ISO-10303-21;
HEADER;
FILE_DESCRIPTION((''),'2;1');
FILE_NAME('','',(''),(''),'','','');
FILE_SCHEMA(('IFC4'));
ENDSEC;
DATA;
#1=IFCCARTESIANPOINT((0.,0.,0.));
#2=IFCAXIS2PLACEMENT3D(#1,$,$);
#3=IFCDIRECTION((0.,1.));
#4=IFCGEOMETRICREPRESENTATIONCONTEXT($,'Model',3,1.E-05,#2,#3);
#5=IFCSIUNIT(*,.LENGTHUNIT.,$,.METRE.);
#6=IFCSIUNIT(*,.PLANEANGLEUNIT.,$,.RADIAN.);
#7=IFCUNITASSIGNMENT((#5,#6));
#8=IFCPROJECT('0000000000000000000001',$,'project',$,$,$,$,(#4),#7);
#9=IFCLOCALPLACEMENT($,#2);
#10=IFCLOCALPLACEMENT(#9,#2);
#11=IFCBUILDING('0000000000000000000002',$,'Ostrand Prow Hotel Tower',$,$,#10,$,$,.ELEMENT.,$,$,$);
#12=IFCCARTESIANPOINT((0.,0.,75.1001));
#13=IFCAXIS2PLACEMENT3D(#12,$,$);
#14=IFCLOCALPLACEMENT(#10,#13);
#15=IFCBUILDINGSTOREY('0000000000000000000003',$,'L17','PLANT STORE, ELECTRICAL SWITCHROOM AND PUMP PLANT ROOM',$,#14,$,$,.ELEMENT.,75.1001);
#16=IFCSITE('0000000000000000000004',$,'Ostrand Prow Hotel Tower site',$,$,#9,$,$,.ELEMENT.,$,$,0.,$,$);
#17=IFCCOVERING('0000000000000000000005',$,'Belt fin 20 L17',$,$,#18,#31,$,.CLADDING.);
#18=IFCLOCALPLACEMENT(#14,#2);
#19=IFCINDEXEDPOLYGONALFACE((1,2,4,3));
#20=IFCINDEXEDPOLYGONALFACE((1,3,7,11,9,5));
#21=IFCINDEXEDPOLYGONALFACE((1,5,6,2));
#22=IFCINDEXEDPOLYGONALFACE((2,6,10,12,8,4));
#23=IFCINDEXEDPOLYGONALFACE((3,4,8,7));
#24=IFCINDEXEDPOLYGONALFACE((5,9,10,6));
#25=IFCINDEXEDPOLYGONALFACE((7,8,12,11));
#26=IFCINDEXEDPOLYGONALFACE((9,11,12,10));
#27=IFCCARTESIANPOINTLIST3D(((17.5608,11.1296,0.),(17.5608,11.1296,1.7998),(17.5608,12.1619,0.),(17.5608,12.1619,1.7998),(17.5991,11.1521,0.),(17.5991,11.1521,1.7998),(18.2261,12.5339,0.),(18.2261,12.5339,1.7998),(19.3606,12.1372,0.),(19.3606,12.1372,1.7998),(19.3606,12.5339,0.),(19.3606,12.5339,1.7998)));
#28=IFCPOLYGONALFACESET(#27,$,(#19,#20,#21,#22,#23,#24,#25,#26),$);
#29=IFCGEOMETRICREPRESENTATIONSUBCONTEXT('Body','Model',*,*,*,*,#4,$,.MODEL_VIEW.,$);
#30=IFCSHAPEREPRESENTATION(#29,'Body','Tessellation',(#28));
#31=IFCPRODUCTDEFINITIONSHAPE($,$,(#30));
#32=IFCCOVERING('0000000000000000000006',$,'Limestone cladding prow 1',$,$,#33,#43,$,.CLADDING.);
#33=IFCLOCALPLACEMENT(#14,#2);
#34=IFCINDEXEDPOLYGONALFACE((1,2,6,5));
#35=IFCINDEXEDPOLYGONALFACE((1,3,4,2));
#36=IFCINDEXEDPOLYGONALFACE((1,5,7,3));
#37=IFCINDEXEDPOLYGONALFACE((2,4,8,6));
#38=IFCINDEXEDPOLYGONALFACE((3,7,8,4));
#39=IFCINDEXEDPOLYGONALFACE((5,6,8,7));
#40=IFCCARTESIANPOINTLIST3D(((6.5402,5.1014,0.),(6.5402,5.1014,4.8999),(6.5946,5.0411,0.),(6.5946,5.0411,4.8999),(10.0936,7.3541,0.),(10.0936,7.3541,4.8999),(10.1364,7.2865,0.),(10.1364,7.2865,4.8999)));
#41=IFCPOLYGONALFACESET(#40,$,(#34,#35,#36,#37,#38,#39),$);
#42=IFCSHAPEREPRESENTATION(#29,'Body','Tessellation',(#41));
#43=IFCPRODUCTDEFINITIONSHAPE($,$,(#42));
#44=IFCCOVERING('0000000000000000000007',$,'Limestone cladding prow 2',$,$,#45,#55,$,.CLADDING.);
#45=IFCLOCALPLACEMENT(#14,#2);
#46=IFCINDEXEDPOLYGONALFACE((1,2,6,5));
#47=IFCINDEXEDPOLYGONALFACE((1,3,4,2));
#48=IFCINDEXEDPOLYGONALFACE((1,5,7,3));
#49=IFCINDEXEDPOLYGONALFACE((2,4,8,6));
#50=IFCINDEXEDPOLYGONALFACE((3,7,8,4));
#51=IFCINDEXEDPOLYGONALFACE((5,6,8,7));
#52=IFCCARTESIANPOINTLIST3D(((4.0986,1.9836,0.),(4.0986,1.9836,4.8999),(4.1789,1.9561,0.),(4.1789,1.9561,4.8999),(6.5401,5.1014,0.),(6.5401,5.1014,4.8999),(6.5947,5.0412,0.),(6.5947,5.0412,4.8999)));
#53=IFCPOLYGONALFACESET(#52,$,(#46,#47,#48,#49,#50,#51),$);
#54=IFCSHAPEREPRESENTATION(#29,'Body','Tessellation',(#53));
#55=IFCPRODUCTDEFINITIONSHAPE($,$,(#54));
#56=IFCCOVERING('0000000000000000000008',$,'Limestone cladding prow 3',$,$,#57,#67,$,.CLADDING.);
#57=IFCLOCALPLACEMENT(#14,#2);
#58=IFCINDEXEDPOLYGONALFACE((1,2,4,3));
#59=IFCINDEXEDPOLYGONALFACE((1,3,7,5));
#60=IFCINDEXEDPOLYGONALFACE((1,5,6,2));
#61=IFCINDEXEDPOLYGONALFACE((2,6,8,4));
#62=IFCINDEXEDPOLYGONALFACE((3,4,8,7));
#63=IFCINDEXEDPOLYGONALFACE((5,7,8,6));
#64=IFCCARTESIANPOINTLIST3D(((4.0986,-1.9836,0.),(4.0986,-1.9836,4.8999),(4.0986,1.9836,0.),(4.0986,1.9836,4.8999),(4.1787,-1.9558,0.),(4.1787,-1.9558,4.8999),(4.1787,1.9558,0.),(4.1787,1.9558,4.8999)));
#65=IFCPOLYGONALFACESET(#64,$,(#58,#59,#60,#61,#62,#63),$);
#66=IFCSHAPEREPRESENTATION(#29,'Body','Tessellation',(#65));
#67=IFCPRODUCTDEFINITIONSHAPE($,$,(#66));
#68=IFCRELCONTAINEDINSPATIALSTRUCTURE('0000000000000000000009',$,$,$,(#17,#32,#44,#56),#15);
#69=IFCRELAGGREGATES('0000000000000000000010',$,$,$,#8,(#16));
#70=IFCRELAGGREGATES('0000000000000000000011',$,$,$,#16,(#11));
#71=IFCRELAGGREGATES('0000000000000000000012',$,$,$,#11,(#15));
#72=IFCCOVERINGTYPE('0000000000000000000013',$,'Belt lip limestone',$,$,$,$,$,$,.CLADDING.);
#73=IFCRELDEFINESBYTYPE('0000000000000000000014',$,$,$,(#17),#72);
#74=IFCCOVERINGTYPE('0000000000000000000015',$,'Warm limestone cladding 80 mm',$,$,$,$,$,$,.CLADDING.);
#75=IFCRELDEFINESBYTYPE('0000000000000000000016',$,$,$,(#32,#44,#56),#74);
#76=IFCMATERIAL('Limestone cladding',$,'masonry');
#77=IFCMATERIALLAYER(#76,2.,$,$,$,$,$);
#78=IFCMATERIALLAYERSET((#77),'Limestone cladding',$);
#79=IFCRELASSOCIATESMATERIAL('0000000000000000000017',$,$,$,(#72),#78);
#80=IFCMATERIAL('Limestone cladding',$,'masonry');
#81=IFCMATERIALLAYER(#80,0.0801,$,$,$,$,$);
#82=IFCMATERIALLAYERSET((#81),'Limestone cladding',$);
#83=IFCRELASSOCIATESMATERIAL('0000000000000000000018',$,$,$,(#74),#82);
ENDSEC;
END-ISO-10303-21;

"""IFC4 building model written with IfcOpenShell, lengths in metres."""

from ifc_helpers import new_model, si_unit, direction, frame, origin, place, context, subcontext, project, spatial, polyline, outline, extrude, material, layer, layer_set, type_object, element, save


model = new_model("IFC4")

# Units and contexts
model_context = context("Model", 3, precision=1e-05, world=origin(), true_north=direction((0.0, 1.0)))
body_context = subcontext(model_context, "Body", "Model", "MODEL_VIEW")
ifc_project = project(units=[si_unit("LENGTHUNIT", "METRE"), si_unit("PLANEANGLEUNIT", "RADIAN")], contexts=[model_context])

# Site, building, storey
site_placement = place(None, origin())
site = spatial("IfcSite", under=ifc_project, at=site_placement, Name="Ostrand Prow Hotel Tower site", CompositionType="ELEMENT", RefElevation=0.0)
building_placement = place(site_placement, origin())
building = spatial("IfcBuilding", under=site, at=building_placement, Name="Ostrand Prow Hotel Tower", CompositionType="ELEMENT")
storey_placement = place(building_placement, frame((0.0, 0.0, 75.1001)))
storey = spatial("IfcBuildingStorey", under=building, at=storey_placement, Name="L17", Description="PLANT STORE, ELECTRICAL SWITCHROOM AND PUMP PLANT ROOM", CompositionType="ELEMENT", Elevation=75.1001)

# Coverings
ifc_material_1 = material(Name="Limestone cladding", Category="masonry")
ifc_layer_1 = layer(ifc_material_1, 2.0)
ifc_layer_set_1 = layer_set([ifc_layer_1], Name="Limestone cladding")
covering_type_1 = type_object("IfcCoveringType", Name="Belt lip limestone", PredefinedType="CLADDING", material=ifc_layer_set_1)
covering_1_placement = place(storey_placement, origin())
element("IfcCovering", 1, at=covering_1_placement, inside=storey, type_object=covering_type_1, Name="Belt fin 20 L17", PredefinedType="CLADDING", context=body_context, shape_type="SweptSolid", body=[
    extrude(outline(polyline([(17.5991, 11.1521), (19.3606, 12.1372), (19.3606, 12.5339), (18.2261, 12.5339), (17.5608, 12.1619), (17.5608, 11.1296), (17.5991, 11.1521)])), origin(), (0.0, 0.0, 1.0), 1.7998),
])
ifc_material_2 = material(Name="Limestone cladding", Category="masonry")
ifc_layer_2 = layer(ifc_material_2, 0.0801)
ifc_layer_set_2 = layer_set([ifc_layer_2], Name="Limestone cladding")
covering_type_2 = type_object("IfcCoveringType", Name="Warm limestone cladding 80 mm", PredefinedType="CLADDING", material=ifc_layer_set_2)
covering_2_placement = place(storey_placement, frame((10.115, 7.3203, 0.0), z_axis=(0.0, 0.0, 1.0), x_axis=(-0.844582, -0.535427, 0.0)))
element("IfcCovering", 2, at=covering_2_placement, inside=storey, type_object=covering_type_2, Name="Limestone cladding prow 1", PredefinedType="CLADDING", context=body_context, shape_type="SweptSolid", body=[
    extrude(outline(polyline([(0.0, -0.04), (4.2073, -0.04), (4.1936, 0.04), (0.0, 0.04), (0.0, -0.04)])), origin(), (0.0, 0.0, 1.0), 4.8999),
])
covering_3_placement = place(storey_placement, frame((6.5674, 5.0713, 0.0), z_axis=(0.0, 0.0, 1.0), x_axis=(-0.616529, -0.787332, 0.0)))
element("IfcCovering", 3, at=covering_3_placement, inside=storey, type_object=covering_type_2, Name="Limestone cladding prow 2", PredefinedType="CLADDING", context=body_context, shape_type="SweptSolid", body=[
    extrude(outline(polyline([(-0.0068, -0.04), (3.9531, -0.04), (3.9253, 0.04), (0.0068, 0.04), (-0.0068, -0.04)])), origin(), (0.0, 0.0, 1.0), 4.8999),
])
covering_4_placement = place(storey_placement, frame((4.1387, 1.9697, 0.0), z_axis=(0.0, 0.0, 1.0), x_axis=(0.0, -1.0, 0.0)))
element("IfcCovering", 4, at=covering_4_placement, inside=storey, type_object=covering_type_2, Name="Limestone cladding prow 3", PredefinedType="CLADDING", context=body_context, shape_type="SweptSolid", body=[
    extrude(outline(polyline([(-0.0139, -0.04), (3.9534, -0.04), (3.9255, 0.04), (0.0139, 0.04), (-0.0139, -0.04)])), origin(), (0.0, 0.0, 1.0), 4.8999),
])

save(model, "model.ifc")
